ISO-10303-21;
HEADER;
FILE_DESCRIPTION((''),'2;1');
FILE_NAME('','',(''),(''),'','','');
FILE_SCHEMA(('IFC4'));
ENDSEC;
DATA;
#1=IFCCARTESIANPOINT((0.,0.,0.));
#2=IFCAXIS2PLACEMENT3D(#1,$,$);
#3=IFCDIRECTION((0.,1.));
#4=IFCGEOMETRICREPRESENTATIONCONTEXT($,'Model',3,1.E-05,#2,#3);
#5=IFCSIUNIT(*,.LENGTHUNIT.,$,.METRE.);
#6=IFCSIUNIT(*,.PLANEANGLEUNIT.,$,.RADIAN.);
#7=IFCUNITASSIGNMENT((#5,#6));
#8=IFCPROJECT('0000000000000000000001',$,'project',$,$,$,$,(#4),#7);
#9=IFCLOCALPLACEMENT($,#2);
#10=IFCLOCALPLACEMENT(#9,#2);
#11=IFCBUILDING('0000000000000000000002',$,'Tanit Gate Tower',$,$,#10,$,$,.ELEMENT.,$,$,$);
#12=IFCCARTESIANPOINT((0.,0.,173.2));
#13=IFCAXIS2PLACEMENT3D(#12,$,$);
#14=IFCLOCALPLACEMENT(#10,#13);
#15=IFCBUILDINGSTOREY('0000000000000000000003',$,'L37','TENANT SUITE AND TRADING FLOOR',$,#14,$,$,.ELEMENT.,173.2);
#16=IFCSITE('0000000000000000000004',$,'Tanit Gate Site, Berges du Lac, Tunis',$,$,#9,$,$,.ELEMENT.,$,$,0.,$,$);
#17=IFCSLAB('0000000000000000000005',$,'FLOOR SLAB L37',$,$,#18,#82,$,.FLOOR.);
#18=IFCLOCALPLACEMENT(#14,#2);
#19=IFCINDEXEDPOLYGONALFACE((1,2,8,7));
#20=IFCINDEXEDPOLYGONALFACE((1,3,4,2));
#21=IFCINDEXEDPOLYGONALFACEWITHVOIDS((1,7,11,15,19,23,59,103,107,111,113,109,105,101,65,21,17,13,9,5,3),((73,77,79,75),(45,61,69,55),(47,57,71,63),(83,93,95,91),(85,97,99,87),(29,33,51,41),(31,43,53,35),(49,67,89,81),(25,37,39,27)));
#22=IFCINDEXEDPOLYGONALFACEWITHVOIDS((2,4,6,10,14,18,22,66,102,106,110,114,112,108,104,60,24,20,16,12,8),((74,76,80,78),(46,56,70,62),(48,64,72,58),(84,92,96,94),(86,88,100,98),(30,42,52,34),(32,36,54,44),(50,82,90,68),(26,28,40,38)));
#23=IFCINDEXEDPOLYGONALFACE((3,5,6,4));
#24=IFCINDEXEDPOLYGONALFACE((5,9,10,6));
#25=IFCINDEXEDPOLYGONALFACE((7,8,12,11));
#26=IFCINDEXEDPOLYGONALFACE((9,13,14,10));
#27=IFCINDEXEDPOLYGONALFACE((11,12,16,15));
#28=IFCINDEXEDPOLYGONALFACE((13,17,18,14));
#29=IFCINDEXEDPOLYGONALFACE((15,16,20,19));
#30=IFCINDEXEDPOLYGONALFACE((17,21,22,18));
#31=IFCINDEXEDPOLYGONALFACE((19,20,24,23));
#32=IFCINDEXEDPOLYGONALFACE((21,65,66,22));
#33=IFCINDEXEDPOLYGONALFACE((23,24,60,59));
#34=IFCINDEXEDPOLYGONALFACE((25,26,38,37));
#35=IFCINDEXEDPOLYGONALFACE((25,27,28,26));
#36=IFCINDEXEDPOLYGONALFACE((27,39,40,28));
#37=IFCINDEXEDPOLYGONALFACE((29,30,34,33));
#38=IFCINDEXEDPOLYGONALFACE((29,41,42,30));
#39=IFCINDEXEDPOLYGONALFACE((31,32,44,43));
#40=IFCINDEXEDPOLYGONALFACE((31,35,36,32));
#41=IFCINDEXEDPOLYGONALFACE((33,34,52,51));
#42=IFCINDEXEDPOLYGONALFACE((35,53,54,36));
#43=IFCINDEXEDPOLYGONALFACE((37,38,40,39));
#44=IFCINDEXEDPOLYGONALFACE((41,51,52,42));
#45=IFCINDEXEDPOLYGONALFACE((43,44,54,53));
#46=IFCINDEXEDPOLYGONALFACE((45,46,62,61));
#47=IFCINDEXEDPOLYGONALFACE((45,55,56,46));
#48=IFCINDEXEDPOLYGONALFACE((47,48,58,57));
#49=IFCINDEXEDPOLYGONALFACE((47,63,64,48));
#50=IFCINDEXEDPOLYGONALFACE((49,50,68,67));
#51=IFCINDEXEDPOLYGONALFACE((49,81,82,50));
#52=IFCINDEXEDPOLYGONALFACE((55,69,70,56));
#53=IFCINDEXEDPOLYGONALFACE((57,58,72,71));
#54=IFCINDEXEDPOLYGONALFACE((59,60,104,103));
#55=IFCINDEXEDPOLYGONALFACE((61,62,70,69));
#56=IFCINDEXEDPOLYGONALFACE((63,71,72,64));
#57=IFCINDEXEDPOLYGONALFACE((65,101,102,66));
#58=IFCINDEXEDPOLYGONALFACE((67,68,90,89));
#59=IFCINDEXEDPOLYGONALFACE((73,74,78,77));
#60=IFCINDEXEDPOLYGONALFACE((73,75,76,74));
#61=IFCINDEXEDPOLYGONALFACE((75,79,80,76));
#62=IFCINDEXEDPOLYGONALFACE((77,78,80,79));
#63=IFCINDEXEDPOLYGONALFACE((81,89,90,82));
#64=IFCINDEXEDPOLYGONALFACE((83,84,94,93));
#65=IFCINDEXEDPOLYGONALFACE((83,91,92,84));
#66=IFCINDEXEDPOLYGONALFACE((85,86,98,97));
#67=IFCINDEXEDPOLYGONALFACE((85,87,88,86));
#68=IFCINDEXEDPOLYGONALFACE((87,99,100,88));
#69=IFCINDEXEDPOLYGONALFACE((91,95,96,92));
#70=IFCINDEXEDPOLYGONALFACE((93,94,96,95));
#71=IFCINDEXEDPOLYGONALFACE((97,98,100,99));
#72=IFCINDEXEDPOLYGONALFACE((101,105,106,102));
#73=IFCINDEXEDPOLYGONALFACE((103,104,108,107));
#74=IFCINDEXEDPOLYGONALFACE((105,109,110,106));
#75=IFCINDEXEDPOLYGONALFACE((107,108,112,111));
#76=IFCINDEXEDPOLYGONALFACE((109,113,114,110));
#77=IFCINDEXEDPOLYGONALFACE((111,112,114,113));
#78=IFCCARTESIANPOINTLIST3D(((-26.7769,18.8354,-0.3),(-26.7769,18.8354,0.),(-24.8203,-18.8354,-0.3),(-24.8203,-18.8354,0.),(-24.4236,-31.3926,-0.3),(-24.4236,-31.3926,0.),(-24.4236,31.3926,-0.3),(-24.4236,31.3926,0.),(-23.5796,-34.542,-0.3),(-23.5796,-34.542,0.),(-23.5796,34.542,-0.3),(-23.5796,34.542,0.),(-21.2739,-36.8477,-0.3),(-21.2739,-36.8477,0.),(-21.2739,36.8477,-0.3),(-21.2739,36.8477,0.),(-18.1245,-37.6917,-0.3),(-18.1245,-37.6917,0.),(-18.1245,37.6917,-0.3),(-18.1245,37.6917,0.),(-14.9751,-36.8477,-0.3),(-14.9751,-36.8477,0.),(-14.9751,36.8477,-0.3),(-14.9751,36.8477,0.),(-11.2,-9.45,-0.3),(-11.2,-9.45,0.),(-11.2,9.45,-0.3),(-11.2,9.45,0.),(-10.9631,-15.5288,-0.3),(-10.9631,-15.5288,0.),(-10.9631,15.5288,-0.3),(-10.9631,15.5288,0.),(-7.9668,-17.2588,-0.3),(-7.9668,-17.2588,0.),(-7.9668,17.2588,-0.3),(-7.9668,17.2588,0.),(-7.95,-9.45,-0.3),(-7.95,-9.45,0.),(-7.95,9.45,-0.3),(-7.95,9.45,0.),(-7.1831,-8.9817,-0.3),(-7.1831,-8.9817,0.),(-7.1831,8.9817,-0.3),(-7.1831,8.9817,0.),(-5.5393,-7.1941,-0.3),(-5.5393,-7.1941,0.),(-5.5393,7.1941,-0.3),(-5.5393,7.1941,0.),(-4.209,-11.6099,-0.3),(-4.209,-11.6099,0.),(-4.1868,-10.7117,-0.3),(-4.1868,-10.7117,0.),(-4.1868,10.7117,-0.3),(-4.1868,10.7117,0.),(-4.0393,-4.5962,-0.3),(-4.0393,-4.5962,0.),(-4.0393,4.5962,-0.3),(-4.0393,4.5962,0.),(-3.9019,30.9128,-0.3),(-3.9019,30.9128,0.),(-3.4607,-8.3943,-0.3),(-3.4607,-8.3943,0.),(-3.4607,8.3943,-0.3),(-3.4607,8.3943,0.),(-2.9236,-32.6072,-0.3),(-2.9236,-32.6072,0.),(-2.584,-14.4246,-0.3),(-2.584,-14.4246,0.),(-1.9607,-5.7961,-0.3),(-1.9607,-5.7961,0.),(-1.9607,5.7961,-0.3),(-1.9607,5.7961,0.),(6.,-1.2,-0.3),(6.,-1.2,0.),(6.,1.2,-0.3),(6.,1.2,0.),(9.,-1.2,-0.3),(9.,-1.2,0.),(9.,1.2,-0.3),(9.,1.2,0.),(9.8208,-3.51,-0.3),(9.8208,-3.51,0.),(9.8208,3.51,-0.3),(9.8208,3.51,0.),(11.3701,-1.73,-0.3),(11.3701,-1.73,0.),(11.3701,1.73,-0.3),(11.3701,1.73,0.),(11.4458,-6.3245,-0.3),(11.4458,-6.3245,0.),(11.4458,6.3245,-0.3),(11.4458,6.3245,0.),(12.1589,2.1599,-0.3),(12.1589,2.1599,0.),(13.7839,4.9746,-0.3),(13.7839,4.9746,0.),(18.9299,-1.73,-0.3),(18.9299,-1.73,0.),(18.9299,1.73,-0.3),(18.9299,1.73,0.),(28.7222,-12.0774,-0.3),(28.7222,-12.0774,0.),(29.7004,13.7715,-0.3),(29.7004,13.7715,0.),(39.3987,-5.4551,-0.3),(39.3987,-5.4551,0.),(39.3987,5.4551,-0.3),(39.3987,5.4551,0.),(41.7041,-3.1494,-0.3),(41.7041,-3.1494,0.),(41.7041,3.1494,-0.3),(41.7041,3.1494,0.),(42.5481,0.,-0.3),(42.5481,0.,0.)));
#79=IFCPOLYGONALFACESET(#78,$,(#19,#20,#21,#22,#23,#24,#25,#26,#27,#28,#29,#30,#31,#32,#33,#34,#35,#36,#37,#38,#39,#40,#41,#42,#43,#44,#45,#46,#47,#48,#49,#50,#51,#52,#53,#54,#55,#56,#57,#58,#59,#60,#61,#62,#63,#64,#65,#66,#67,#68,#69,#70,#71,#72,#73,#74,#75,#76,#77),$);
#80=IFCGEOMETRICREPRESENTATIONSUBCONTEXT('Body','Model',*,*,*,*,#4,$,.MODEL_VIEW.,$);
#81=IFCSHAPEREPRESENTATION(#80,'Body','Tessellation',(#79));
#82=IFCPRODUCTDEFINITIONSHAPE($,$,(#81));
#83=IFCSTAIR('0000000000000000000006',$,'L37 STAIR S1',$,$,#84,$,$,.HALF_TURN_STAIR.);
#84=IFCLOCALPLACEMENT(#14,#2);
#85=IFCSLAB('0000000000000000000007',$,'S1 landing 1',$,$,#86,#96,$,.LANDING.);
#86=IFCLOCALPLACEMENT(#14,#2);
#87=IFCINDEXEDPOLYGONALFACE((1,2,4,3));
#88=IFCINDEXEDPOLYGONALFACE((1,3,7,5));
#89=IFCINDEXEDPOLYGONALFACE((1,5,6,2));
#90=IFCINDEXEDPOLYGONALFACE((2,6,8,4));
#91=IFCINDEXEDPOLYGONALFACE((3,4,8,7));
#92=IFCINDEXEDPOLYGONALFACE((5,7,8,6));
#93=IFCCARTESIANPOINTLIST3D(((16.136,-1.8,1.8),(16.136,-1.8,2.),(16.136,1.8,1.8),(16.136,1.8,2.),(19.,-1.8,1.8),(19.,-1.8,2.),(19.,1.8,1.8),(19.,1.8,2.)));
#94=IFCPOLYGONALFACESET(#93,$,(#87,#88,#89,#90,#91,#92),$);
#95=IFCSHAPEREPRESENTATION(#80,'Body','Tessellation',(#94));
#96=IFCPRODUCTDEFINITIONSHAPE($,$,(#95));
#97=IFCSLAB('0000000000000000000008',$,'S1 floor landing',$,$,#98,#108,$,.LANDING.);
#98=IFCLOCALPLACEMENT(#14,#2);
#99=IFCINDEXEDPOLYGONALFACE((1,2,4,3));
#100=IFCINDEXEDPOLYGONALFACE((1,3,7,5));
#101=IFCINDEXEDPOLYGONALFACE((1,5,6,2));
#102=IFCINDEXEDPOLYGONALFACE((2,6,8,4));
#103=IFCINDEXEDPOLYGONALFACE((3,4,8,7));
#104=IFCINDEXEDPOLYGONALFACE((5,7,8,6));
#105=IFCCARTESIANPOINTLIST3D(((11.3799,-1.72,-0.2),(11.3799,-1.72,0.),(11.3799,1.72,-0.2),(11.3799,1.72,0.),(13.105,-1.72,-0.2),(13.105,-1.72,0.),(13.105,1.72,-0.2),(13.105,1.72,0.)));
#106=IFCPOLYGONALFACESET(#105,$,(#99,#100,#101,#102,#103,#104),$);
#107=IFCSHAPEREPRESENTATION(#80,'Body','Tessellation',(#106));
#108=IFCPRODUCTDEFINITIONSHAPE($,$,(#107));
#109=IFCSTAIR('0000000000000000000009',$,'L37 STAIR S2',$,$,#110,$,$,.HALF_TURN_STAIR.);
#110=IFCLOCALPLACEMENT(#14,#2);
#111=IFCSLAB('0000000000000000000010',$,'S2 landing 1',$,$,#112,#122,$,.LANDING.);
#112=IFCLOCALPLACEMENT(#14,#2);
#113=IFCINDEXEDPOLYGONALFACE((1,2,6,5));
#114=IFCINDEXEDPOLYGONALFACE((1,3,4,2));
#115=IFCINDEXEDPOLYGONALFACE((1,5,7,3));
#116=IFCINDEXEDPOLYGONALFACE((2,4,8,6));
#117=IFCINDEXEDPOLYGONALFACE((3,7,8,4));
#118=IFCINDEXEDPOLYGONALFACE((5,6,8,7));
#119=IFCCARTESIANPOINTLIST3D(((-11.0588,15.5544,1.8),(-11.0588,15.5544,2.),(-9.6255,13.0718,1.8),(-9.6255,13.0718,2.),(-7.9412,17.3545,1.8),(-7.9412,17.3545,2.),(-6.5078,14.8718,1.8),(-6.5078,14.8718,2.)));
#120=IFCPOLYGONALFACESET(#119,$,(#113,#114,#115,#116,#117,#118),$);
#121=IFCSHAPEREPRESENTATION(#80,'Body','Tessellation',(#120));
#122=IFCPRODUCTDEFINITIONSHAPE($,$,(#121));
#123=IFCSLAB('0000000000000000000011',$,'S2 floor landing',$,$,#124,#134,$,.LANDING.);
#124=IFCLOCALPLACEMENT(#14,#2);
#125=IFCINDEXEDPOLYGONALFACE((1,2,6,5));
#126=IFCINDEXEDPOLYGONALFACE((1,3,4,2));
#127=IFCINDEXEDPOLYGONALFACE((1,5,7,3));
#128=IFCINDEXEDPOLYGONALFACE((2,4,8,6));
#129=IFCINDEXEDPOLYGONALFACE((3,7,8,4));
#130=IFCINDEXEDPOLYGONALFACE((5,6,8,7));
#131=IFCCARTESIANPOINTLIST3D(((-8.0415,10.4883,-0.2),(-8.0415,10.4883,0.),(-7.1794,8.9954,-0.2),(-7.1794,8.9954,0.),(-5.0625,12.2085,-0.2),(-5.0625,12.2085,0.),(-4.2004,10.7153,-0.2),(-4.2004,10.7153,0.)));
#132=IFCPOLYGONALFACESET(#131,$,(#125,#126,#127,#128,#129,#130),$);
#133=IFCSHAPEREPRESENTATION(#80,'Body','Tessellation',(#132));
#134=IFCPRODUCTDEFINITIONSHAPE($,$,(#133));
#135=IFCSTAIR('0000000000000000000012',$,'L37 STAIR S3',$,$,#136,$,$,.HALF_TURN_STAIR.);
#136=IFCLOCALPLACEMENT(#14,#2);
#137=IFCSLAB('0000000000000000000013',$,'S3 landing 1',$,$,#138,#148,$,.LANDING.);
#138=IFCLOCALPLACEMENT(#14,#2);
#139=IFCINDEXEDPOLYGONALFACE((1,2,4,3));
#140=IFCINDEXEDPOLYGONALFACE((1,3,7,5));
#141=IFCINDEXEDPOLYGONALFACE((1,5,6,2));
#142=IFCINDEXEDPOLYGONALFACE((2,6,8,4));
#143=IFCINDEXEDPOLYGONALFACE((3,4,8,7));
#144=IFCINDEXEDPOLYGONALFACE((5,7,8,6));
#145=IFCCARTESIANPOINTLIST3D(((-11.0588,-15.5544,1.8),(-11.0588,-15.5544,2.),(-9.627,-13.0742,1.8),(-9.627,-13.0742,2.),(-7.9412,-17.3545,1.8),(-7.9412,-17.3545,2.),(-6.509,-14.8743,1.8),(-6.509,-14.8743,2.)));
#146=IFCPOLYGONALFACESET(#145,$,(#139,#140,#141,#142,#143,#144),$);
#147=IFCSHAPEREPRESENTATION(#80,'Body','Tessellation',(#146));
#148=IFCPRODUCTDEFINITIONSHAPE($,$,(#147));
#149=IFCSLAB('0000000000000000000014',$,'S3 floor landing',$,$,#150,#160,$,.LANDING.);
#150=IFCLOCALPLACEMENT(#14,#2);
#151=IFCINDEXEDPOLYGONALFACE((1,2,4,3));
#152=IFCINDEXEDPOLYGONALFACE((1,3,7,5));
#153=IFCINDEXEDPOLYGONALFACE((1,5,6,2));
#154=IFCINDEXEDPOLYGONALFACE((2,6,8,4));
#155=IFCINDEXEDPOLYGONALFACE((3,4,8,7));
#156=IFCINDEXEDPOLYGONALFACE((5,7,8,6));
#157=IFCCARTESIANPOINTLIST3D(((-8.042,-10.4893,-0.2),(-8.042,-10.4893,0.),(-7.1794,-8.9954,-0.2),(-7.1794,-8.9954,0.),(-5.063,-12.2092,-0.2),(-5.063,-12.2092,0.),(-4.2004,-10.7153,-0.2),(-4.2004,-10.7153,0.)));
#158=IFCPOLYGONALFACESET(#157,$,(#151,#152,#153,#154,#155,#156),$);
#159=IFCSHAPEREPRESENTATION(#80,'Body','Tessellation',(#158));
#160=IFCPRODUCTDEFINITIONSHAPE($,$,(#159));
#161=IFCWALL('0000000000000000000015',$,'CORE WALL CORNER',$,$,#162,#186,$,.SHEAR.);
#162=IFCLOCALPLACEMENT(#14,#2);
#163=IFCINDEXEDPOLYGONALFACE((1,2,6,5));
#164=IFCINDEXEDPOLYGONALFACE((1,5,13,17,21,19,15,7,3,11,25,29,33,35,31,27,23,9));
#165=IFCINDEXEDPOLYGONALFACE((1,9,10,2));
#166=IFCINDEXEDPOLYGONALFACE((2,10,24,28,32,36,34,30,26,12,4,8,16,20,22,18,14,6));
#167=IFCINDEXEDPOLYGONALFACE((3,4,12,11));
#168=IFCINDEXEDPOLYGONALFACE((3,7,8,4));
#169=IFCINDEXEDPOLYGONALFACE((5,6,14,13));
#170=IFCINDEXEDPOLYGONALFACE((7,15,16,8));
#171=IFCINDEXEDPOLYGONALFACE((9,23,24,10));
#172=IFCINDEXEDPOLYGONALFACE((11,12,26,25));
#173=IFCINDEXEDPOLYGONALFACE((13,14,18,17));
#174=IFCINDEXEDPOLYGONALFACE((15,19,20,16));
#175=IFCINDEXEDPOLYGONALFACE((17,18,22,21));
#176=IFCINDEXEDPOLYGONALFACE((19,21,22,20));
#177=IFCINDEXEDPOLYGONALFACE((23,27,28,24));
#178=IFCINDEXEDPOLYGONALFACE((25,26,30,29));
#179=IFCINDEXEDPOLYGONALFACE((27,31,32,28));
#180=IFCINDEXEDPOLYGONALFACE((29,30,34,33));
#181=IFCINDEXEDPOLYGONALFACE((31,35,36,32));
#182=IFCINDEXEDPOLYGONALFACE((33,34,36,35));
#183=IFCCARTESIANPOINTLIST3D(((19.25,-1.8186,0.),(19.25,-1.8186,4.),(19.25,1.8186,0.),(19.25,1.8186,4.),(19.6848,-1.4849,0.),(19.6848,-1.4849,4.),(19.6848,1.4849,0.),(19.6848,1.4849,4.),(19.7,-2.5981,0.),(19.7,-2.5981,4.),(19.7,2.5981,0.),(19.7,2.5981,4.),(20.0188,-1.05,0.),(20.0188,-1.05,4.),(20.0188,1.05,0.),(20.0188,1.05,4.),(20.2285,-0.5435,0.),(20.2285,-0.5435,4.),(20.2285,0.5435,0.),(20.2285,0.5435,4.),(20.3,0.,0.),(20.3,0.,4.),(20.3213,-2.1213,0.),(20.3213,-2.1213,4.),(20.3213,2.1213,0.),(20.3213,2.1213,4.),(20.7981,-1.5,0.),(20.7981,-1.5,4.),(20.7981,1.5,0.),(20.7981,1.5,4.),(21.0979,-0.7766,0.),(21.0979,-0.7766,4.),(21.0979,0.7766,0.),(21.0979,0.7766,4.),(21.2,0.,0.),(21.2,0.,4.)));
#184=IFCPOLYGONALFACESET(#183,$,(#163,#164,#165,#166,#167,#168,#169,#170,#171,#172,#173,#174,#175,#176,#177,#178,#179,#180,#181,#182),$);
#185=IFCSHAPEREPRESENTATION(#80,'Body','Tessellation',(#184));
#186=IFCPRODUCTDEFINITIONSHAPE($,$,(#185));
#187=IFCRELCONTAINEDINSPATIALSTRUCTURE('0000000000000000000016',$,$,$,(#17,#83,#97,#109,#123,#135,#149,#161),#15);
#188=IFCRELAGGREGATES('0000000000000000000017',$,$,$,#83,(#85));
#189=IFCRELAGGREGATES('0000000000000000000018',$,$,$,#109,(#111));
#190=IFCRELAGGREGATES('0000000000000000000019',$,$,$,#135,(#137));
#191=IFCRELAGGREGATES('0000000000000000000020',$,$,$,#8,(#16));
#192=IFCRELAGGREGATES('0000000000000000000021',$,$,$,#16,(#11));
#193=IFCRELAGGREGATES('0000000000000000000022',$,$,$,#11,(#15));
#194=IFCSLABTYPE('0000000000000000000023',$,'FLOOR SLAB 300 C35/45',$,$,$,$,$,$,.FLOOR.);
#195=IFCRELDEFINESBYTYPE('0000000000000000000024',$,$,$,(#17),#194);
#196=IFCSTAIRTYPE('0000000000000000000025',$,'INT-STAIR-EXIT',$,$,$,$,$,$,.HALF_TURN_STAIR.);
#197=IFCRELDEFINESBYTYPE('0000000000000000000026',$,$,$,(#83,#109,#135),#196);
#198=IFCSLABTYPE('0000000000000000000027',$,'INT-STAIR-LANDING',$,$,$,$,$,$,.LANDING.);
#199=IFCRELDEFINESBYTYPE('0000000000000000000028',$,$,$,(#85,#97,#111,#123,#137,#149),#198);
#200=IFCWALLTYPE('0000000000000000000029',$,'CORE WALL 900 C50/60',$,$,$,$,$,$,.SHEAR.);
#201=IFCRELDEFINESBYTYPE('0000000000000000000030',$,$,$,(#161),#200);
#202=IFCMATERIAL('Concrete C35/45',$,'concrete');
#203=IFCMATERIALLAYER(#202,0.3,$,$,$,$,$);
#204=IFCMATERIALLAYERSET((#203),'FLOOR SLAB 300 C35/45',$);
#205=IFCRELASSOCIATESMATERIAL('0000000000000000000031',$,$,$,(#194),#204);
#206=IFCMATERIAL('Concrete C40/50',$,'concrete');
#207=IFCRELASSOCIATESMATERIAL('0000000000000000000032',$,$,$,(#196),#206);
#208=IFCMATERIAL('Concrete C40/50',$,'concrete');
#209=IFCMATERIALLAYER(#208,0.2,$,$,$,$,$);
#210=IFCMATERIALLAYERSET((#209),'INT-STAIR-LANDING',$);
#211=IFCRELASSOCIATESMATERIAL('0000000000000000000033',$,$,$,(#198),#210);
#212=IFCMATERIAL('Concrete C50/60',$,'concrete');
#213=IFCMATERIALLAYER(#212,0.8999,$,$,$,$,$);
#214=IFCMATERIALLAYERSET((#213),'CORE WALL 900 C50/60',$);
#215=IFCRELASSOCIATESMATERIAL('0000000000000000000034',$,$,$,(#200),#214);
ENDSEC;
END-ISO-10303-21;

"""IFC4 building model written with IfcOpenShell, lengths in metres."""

from ifc_helpers import new_model, si_unit, direction, frame, origin, place, context, subcontext, project, spatial, polyline, outline, extrude, material, layer, layer_set, type_object, element, aggregate, save


model = new_model("IFC4")

# Units and contexts
model_context = context("Model", 3, precision=1e-05, world=origin(), true_north=direction((0.0, 1.0)))
body_context = subcontext(model_context, "Body", "Model", "MODEL_VIEW")
ifc_project = project(units=[si_unit("LENGTHUNIT", "METRE"), si_unit("PLANEANGLEUNIT", "RADIAN")], contexts=[model_context])

# Site, building, storey
site_placement = place(None, origin())
site = spatial("IfcSite", under=ifc_project, at=site_placement, Name="Tanit Gate Site, Berges du Lac, Tunis", CompositionType="ELEMENT", RefElevation=0.0)
building_placement = place(site_placement, origin())
building = spatial("IfcBuilding", under=site, at=building_placement, Name="Tanit Gate Tower", CompositionType="ELEMENT")
storey_placement = place(building_placement, frame((0.0, 0.0, 173.2)))
storey = spatial("IfcBuildingStorey", under=building, at=storey_placement, Name="L37", Description="TENANT SUITE AND TRADING FLOOR", CompositionType="ELEMENT", Elevation=173.2)

# Slab
ifc_material_1 = material(Name="Concrete C35/45", Category="concrete")
ifc_layer_1 = layer(ifc_material_1, 0.3)
ifc_layer_set_1 = layer_set([ifc_layer_1], Name="FLOOR SLAB 300 C35/45")
slab_type_1 = type_object("IfcSlabType", Name="FLOOR SLAB 300 C35/45", PredefinedType="FLOOR", material=ifc_layer_set_1)
slab_1_placement = place(storey_placement, frame((0.0, 0.0, -0.3)))
element("IfcSlab", 1, at=slab_1_placement, inside=storey, type_object=slab_type_1, Name="FLOOR SLAB L37", PredefinedType="FLOOR", context=body_context, shape_type="SweptSolid", body=[
    extrude(outline(polyline([(39.3987, 5.4551), (41.7041, 3.1494), (42.5481, 0.0), (41.7041, -3.1494), (39.3987, -5.4551), (28.7222, -12.0774), (-2.9236, -32.6072), (-14.9751, -36.8477), (-18.1245, -37.6917), (-21.2739, -36.8477), (-23.5796, -34.542), (-24.4236, -31.3926), (-24.8203, -18.8354), (-26.7769, 18.8354), (-24.4236, 31.3926), (-23.5796, 34.542), (-21.2739, 36.8477), (-18.1245, 37.6917), (-14.9751, 36.8477), (-3.9019, 30.9128), (29.7004, 13.7715), (39.3987, 5.4551)]), holes=[polyline([(11.3701, 1.73), (18.9299, 1.73), (18.9299, -1.73), (11.3701, -1.73), (11.3701, 1.73)]), polyline([(9.8208, 3.51), (11.4458, 6.3245), (13.7839, 4.9746), (12.1589, 2.1599), (9.8208, 3.51)]), polyline([(-4.209, -11.6099), (9.8208, -3.51), (11.4458, -6.3245), (-2.584, -14.4246), (-4.209, -11.6099)]), polyline([(6.0, 1.2), (9.0, 1.2), (9.0, -1.2), (6.0, -1.2), (6.0, 1.2)]), polyline([(-5.5393, 7.1941), (-3.4607, 8.3943), (-1.9607, 5.7961), (-4.0393, 4.5962), (-5.5393, 7.1941)]), polyline([(-1.9607, -5.7961), (-3.4607, -8.3943), (-5.5393, -7.1941), (-4.0393, -4.5962), (-1.9607, -5.7961)]), polyline([(-10.9631, 15.5288), (-7.9668, 17.2588), (-4.1868, 10.7117), (-7.1831, 8.9817), (-10.9631, 15.5288)]), polyline([(-4.1868, -10.7117), (-7.9668, -17.2588), (-10.9631, -15.5288), (-7.1831, -8.9817), (-4.1868, -10.7117)]), polyline([(-11.2, -9.45), (-11.2, 9.45), (-7.95, 9.45), (-7.95, -9.45), (-11.2, -9.45)])]), origin(), (0.0, 0.0, 1.0), 0.3),
])

# Stair, slab
ifc_material_2 = material(Name="Concrete C40/50", Category="concrete")
stair_type = type_object("IfcStairType", Name="INT-STAIR-EXIT", PredefinedType="HALF_TURN_STAIR", material=ifc_material_2)
stair_1_placement = place(storey_placement, origin())
stair_1 = element("IfcStair", 2, at=stair_1_placement, inside=storey, type_object=stair_type, Name="L37 STAIR S1", PredefinedType="HALF_TURN_STAIR")
ifc_material_3 = material(Name="Concrete C40/50", Category="concrete")
ifc_layer_2 = layer(ifc_material_3, 0.2)
ifc_layer_set_2 = layer_set([ifc_layer_2], Name="INT-STAIR-LANDING")
slab_type_2 = type_object("IfcSlabType", Name="INT-STAIR-LANDING", PredefinedType="LANDING", material=ifc_layer_set_2)
slab_2_placement = place(storey_placement, frame((0.0, 0.0, 1.8)))
slab_2 = element("IfcSlab", 3, at=slab_2_placement, type_object=slab_type_2, Name="S1 landing 1", PredefinedType="LANDING", context=body_context, shape_type="SweptSolid", body=[
    extrude(outline(polyline([(16.136, -1.8), (19.0, -1.8), (19.0, 1.8), (16.136, 1.8), (16.136, -1.8)])), origin(), (0.0, 0.0, 1.0), 0.2),
])
aggregate(stair_1, [slab_2])

# Slab
slab_3_placement = place(storey_placement, frame((0.0, 0.0, -0.2)))
element("IfcSlab", 4, at=slab_3_placement, inside=storey, type_object=slab_type_2, Name="S1 floor landing", PredefinedType="LANDING", context=body_context, shape_type="SweptSolid", body=[
    extrude(outline(polyline([(11.3799, -1.72), (13.105, -1.72), (13.105, 1.72), (11.3799, 1.72), (11.3799, -1.72)])), origin(), (0.0, 0.0, 1.0), 0.2),
])

# Stair, slab
stair_2_placement = place(storey_placement, origin())
stair_2 = element("IfcStair", 5, at=stair_2_placement, inside=storey, type_object=stair_type, Name="L37 STAIR S2", PredefinedType="HALF_TURN_STAIR")
slab_4_placement = place(storey_placement, frame((0.0, 0.0, 1.8)))
slab_4 = element("IfcSlab", 6, at=slab_4_placement, type_object=slab_type_2, Name="S2 landing 1", PredefinedType="LANDING", context=body_context, shape_type="SweptSolid", body=[
    extrude(outline(polyline([(-6.5078, 14.8718), (-7.9412, 17.3545), (-11.0588, 15.5544), (-9.6255, 13.0718), (-6.5078, 14.8718)])), origin(), (0.0, 0.0, 1.0), 0.2),
])
aggregate(stair_2, [slab_4])

# Slab
slab_5_placement = place(storey_placement, frame((0.0, 0.0, -0.2)))
element("IfcSlab", 7, at=slab_5_placement, inside=storey, type_object=slab_type_2, Name="S2 floor landing", PredefinedType="LANDING", context=body_context, shape_type="SweptSolid", body=[
    extrude(outline(polyline([(-4.2004, 10.7153), (-5.0625, 12.2085), (-8.0415, 10.4883), (-7.1794, 8.9954), (-4.2004, 10.7153)])), origin(), (0.0, 0.0, 1.0), 0.2),
])

# Stair, slab
stair_3_placement = place(storey_placement, origin())
stair_3 = element("IfcStair", 8, at=stair_3_placement, inside=storey, type_object=stair_type, Name="L37 STAIR S3", PredefinedType="HALF_TURN_STAIR")
slab_6_placement = place(storey_placement, frame((0.0, 0.0, 1.8)))
slab_6 = element("IfcSlab", 9, at=slab_6_placement, type_object=slab_type_2, Name="S3 landing 1", PredefinedType="LANDING", context=body_context, shape_type="SweptSolid", body=[
    extrude(outline(polyline([(-9.627, -13.0742), (-11.0588, -15.5544), (-7.9412, -17.3545), (-6.509, -14.8743), (-9.627, -13.0742)])), origin(), (0.0, 0.0, 1.0), 0.2),
])
aggregate(stair_3, [slab_6])

# Slab
slab_7_placement = place(storey_placement, frame((0.0, 0.0, -0.2)))
element("IfcSlab", 10, at=slab_7_placement, inside=storey, type_object=slab_type_2, Name="S3 floor landing", PredefinedType="LANDING", context=body_context, shape_type="SweptSolid", body=[
    extrude(outline(polyline([(-7.1794, -8.9954), (-8.042, -10.4893), (-5.063, -12.2092), (-4.2004, -10.7153), (-7.1794, -8.9954)])), origin(), (0.0, 0.0, 1.0), 0.2),
])

# Wall
ifc_material_4 = material(Name="Concrete C50/60", Category="concrete")
ifc_layer_3 = layer(ifc_material_4, 0.8999)
ifc_layer_set_3 = layer_set([ifc_layer_3], Name="CORE WALL 900 C50/60")
wall_type_1 = type_object("IfcWallType", Name="CORE WALL 900 C50/60", PredefinedType="SHEAR", material=ifc_layer_set_3)
wall_1_placement = place(storey_placement, origin())
element("IfcWall", 11, at=wall_1_placement, inside=storey, type_object=wall_type_1, Name="CORE WALL CORNER", PredefinedType="SHEAR", context=body_context, shape_type="SweptSolid", body=[
    extrude(outline(polyline([(19.7, -2.5981), (20.3213, -2.1213), (20.7981, -1.5), (21.0979, -0.7766), (21.2, 0.0), (21.0979, 0.7766), (20.7981, 1.5), (20.3213, 2.1213), (19.7, 2.5981), (19.25, 1.8186), (19.6848, 1.4849), (20.0188, 1.05), (20.2285, 0.5435), (20.3, 0.0), (20.2285, -0.5435), (20.0188, -1.05), (19.6848, -1.4849), (19.25, -1.8186), (19.7, -2.5981)])), origin(), (0.0, 0.0, 1.0), 4.0),
])

save(model, "model.ifc")
